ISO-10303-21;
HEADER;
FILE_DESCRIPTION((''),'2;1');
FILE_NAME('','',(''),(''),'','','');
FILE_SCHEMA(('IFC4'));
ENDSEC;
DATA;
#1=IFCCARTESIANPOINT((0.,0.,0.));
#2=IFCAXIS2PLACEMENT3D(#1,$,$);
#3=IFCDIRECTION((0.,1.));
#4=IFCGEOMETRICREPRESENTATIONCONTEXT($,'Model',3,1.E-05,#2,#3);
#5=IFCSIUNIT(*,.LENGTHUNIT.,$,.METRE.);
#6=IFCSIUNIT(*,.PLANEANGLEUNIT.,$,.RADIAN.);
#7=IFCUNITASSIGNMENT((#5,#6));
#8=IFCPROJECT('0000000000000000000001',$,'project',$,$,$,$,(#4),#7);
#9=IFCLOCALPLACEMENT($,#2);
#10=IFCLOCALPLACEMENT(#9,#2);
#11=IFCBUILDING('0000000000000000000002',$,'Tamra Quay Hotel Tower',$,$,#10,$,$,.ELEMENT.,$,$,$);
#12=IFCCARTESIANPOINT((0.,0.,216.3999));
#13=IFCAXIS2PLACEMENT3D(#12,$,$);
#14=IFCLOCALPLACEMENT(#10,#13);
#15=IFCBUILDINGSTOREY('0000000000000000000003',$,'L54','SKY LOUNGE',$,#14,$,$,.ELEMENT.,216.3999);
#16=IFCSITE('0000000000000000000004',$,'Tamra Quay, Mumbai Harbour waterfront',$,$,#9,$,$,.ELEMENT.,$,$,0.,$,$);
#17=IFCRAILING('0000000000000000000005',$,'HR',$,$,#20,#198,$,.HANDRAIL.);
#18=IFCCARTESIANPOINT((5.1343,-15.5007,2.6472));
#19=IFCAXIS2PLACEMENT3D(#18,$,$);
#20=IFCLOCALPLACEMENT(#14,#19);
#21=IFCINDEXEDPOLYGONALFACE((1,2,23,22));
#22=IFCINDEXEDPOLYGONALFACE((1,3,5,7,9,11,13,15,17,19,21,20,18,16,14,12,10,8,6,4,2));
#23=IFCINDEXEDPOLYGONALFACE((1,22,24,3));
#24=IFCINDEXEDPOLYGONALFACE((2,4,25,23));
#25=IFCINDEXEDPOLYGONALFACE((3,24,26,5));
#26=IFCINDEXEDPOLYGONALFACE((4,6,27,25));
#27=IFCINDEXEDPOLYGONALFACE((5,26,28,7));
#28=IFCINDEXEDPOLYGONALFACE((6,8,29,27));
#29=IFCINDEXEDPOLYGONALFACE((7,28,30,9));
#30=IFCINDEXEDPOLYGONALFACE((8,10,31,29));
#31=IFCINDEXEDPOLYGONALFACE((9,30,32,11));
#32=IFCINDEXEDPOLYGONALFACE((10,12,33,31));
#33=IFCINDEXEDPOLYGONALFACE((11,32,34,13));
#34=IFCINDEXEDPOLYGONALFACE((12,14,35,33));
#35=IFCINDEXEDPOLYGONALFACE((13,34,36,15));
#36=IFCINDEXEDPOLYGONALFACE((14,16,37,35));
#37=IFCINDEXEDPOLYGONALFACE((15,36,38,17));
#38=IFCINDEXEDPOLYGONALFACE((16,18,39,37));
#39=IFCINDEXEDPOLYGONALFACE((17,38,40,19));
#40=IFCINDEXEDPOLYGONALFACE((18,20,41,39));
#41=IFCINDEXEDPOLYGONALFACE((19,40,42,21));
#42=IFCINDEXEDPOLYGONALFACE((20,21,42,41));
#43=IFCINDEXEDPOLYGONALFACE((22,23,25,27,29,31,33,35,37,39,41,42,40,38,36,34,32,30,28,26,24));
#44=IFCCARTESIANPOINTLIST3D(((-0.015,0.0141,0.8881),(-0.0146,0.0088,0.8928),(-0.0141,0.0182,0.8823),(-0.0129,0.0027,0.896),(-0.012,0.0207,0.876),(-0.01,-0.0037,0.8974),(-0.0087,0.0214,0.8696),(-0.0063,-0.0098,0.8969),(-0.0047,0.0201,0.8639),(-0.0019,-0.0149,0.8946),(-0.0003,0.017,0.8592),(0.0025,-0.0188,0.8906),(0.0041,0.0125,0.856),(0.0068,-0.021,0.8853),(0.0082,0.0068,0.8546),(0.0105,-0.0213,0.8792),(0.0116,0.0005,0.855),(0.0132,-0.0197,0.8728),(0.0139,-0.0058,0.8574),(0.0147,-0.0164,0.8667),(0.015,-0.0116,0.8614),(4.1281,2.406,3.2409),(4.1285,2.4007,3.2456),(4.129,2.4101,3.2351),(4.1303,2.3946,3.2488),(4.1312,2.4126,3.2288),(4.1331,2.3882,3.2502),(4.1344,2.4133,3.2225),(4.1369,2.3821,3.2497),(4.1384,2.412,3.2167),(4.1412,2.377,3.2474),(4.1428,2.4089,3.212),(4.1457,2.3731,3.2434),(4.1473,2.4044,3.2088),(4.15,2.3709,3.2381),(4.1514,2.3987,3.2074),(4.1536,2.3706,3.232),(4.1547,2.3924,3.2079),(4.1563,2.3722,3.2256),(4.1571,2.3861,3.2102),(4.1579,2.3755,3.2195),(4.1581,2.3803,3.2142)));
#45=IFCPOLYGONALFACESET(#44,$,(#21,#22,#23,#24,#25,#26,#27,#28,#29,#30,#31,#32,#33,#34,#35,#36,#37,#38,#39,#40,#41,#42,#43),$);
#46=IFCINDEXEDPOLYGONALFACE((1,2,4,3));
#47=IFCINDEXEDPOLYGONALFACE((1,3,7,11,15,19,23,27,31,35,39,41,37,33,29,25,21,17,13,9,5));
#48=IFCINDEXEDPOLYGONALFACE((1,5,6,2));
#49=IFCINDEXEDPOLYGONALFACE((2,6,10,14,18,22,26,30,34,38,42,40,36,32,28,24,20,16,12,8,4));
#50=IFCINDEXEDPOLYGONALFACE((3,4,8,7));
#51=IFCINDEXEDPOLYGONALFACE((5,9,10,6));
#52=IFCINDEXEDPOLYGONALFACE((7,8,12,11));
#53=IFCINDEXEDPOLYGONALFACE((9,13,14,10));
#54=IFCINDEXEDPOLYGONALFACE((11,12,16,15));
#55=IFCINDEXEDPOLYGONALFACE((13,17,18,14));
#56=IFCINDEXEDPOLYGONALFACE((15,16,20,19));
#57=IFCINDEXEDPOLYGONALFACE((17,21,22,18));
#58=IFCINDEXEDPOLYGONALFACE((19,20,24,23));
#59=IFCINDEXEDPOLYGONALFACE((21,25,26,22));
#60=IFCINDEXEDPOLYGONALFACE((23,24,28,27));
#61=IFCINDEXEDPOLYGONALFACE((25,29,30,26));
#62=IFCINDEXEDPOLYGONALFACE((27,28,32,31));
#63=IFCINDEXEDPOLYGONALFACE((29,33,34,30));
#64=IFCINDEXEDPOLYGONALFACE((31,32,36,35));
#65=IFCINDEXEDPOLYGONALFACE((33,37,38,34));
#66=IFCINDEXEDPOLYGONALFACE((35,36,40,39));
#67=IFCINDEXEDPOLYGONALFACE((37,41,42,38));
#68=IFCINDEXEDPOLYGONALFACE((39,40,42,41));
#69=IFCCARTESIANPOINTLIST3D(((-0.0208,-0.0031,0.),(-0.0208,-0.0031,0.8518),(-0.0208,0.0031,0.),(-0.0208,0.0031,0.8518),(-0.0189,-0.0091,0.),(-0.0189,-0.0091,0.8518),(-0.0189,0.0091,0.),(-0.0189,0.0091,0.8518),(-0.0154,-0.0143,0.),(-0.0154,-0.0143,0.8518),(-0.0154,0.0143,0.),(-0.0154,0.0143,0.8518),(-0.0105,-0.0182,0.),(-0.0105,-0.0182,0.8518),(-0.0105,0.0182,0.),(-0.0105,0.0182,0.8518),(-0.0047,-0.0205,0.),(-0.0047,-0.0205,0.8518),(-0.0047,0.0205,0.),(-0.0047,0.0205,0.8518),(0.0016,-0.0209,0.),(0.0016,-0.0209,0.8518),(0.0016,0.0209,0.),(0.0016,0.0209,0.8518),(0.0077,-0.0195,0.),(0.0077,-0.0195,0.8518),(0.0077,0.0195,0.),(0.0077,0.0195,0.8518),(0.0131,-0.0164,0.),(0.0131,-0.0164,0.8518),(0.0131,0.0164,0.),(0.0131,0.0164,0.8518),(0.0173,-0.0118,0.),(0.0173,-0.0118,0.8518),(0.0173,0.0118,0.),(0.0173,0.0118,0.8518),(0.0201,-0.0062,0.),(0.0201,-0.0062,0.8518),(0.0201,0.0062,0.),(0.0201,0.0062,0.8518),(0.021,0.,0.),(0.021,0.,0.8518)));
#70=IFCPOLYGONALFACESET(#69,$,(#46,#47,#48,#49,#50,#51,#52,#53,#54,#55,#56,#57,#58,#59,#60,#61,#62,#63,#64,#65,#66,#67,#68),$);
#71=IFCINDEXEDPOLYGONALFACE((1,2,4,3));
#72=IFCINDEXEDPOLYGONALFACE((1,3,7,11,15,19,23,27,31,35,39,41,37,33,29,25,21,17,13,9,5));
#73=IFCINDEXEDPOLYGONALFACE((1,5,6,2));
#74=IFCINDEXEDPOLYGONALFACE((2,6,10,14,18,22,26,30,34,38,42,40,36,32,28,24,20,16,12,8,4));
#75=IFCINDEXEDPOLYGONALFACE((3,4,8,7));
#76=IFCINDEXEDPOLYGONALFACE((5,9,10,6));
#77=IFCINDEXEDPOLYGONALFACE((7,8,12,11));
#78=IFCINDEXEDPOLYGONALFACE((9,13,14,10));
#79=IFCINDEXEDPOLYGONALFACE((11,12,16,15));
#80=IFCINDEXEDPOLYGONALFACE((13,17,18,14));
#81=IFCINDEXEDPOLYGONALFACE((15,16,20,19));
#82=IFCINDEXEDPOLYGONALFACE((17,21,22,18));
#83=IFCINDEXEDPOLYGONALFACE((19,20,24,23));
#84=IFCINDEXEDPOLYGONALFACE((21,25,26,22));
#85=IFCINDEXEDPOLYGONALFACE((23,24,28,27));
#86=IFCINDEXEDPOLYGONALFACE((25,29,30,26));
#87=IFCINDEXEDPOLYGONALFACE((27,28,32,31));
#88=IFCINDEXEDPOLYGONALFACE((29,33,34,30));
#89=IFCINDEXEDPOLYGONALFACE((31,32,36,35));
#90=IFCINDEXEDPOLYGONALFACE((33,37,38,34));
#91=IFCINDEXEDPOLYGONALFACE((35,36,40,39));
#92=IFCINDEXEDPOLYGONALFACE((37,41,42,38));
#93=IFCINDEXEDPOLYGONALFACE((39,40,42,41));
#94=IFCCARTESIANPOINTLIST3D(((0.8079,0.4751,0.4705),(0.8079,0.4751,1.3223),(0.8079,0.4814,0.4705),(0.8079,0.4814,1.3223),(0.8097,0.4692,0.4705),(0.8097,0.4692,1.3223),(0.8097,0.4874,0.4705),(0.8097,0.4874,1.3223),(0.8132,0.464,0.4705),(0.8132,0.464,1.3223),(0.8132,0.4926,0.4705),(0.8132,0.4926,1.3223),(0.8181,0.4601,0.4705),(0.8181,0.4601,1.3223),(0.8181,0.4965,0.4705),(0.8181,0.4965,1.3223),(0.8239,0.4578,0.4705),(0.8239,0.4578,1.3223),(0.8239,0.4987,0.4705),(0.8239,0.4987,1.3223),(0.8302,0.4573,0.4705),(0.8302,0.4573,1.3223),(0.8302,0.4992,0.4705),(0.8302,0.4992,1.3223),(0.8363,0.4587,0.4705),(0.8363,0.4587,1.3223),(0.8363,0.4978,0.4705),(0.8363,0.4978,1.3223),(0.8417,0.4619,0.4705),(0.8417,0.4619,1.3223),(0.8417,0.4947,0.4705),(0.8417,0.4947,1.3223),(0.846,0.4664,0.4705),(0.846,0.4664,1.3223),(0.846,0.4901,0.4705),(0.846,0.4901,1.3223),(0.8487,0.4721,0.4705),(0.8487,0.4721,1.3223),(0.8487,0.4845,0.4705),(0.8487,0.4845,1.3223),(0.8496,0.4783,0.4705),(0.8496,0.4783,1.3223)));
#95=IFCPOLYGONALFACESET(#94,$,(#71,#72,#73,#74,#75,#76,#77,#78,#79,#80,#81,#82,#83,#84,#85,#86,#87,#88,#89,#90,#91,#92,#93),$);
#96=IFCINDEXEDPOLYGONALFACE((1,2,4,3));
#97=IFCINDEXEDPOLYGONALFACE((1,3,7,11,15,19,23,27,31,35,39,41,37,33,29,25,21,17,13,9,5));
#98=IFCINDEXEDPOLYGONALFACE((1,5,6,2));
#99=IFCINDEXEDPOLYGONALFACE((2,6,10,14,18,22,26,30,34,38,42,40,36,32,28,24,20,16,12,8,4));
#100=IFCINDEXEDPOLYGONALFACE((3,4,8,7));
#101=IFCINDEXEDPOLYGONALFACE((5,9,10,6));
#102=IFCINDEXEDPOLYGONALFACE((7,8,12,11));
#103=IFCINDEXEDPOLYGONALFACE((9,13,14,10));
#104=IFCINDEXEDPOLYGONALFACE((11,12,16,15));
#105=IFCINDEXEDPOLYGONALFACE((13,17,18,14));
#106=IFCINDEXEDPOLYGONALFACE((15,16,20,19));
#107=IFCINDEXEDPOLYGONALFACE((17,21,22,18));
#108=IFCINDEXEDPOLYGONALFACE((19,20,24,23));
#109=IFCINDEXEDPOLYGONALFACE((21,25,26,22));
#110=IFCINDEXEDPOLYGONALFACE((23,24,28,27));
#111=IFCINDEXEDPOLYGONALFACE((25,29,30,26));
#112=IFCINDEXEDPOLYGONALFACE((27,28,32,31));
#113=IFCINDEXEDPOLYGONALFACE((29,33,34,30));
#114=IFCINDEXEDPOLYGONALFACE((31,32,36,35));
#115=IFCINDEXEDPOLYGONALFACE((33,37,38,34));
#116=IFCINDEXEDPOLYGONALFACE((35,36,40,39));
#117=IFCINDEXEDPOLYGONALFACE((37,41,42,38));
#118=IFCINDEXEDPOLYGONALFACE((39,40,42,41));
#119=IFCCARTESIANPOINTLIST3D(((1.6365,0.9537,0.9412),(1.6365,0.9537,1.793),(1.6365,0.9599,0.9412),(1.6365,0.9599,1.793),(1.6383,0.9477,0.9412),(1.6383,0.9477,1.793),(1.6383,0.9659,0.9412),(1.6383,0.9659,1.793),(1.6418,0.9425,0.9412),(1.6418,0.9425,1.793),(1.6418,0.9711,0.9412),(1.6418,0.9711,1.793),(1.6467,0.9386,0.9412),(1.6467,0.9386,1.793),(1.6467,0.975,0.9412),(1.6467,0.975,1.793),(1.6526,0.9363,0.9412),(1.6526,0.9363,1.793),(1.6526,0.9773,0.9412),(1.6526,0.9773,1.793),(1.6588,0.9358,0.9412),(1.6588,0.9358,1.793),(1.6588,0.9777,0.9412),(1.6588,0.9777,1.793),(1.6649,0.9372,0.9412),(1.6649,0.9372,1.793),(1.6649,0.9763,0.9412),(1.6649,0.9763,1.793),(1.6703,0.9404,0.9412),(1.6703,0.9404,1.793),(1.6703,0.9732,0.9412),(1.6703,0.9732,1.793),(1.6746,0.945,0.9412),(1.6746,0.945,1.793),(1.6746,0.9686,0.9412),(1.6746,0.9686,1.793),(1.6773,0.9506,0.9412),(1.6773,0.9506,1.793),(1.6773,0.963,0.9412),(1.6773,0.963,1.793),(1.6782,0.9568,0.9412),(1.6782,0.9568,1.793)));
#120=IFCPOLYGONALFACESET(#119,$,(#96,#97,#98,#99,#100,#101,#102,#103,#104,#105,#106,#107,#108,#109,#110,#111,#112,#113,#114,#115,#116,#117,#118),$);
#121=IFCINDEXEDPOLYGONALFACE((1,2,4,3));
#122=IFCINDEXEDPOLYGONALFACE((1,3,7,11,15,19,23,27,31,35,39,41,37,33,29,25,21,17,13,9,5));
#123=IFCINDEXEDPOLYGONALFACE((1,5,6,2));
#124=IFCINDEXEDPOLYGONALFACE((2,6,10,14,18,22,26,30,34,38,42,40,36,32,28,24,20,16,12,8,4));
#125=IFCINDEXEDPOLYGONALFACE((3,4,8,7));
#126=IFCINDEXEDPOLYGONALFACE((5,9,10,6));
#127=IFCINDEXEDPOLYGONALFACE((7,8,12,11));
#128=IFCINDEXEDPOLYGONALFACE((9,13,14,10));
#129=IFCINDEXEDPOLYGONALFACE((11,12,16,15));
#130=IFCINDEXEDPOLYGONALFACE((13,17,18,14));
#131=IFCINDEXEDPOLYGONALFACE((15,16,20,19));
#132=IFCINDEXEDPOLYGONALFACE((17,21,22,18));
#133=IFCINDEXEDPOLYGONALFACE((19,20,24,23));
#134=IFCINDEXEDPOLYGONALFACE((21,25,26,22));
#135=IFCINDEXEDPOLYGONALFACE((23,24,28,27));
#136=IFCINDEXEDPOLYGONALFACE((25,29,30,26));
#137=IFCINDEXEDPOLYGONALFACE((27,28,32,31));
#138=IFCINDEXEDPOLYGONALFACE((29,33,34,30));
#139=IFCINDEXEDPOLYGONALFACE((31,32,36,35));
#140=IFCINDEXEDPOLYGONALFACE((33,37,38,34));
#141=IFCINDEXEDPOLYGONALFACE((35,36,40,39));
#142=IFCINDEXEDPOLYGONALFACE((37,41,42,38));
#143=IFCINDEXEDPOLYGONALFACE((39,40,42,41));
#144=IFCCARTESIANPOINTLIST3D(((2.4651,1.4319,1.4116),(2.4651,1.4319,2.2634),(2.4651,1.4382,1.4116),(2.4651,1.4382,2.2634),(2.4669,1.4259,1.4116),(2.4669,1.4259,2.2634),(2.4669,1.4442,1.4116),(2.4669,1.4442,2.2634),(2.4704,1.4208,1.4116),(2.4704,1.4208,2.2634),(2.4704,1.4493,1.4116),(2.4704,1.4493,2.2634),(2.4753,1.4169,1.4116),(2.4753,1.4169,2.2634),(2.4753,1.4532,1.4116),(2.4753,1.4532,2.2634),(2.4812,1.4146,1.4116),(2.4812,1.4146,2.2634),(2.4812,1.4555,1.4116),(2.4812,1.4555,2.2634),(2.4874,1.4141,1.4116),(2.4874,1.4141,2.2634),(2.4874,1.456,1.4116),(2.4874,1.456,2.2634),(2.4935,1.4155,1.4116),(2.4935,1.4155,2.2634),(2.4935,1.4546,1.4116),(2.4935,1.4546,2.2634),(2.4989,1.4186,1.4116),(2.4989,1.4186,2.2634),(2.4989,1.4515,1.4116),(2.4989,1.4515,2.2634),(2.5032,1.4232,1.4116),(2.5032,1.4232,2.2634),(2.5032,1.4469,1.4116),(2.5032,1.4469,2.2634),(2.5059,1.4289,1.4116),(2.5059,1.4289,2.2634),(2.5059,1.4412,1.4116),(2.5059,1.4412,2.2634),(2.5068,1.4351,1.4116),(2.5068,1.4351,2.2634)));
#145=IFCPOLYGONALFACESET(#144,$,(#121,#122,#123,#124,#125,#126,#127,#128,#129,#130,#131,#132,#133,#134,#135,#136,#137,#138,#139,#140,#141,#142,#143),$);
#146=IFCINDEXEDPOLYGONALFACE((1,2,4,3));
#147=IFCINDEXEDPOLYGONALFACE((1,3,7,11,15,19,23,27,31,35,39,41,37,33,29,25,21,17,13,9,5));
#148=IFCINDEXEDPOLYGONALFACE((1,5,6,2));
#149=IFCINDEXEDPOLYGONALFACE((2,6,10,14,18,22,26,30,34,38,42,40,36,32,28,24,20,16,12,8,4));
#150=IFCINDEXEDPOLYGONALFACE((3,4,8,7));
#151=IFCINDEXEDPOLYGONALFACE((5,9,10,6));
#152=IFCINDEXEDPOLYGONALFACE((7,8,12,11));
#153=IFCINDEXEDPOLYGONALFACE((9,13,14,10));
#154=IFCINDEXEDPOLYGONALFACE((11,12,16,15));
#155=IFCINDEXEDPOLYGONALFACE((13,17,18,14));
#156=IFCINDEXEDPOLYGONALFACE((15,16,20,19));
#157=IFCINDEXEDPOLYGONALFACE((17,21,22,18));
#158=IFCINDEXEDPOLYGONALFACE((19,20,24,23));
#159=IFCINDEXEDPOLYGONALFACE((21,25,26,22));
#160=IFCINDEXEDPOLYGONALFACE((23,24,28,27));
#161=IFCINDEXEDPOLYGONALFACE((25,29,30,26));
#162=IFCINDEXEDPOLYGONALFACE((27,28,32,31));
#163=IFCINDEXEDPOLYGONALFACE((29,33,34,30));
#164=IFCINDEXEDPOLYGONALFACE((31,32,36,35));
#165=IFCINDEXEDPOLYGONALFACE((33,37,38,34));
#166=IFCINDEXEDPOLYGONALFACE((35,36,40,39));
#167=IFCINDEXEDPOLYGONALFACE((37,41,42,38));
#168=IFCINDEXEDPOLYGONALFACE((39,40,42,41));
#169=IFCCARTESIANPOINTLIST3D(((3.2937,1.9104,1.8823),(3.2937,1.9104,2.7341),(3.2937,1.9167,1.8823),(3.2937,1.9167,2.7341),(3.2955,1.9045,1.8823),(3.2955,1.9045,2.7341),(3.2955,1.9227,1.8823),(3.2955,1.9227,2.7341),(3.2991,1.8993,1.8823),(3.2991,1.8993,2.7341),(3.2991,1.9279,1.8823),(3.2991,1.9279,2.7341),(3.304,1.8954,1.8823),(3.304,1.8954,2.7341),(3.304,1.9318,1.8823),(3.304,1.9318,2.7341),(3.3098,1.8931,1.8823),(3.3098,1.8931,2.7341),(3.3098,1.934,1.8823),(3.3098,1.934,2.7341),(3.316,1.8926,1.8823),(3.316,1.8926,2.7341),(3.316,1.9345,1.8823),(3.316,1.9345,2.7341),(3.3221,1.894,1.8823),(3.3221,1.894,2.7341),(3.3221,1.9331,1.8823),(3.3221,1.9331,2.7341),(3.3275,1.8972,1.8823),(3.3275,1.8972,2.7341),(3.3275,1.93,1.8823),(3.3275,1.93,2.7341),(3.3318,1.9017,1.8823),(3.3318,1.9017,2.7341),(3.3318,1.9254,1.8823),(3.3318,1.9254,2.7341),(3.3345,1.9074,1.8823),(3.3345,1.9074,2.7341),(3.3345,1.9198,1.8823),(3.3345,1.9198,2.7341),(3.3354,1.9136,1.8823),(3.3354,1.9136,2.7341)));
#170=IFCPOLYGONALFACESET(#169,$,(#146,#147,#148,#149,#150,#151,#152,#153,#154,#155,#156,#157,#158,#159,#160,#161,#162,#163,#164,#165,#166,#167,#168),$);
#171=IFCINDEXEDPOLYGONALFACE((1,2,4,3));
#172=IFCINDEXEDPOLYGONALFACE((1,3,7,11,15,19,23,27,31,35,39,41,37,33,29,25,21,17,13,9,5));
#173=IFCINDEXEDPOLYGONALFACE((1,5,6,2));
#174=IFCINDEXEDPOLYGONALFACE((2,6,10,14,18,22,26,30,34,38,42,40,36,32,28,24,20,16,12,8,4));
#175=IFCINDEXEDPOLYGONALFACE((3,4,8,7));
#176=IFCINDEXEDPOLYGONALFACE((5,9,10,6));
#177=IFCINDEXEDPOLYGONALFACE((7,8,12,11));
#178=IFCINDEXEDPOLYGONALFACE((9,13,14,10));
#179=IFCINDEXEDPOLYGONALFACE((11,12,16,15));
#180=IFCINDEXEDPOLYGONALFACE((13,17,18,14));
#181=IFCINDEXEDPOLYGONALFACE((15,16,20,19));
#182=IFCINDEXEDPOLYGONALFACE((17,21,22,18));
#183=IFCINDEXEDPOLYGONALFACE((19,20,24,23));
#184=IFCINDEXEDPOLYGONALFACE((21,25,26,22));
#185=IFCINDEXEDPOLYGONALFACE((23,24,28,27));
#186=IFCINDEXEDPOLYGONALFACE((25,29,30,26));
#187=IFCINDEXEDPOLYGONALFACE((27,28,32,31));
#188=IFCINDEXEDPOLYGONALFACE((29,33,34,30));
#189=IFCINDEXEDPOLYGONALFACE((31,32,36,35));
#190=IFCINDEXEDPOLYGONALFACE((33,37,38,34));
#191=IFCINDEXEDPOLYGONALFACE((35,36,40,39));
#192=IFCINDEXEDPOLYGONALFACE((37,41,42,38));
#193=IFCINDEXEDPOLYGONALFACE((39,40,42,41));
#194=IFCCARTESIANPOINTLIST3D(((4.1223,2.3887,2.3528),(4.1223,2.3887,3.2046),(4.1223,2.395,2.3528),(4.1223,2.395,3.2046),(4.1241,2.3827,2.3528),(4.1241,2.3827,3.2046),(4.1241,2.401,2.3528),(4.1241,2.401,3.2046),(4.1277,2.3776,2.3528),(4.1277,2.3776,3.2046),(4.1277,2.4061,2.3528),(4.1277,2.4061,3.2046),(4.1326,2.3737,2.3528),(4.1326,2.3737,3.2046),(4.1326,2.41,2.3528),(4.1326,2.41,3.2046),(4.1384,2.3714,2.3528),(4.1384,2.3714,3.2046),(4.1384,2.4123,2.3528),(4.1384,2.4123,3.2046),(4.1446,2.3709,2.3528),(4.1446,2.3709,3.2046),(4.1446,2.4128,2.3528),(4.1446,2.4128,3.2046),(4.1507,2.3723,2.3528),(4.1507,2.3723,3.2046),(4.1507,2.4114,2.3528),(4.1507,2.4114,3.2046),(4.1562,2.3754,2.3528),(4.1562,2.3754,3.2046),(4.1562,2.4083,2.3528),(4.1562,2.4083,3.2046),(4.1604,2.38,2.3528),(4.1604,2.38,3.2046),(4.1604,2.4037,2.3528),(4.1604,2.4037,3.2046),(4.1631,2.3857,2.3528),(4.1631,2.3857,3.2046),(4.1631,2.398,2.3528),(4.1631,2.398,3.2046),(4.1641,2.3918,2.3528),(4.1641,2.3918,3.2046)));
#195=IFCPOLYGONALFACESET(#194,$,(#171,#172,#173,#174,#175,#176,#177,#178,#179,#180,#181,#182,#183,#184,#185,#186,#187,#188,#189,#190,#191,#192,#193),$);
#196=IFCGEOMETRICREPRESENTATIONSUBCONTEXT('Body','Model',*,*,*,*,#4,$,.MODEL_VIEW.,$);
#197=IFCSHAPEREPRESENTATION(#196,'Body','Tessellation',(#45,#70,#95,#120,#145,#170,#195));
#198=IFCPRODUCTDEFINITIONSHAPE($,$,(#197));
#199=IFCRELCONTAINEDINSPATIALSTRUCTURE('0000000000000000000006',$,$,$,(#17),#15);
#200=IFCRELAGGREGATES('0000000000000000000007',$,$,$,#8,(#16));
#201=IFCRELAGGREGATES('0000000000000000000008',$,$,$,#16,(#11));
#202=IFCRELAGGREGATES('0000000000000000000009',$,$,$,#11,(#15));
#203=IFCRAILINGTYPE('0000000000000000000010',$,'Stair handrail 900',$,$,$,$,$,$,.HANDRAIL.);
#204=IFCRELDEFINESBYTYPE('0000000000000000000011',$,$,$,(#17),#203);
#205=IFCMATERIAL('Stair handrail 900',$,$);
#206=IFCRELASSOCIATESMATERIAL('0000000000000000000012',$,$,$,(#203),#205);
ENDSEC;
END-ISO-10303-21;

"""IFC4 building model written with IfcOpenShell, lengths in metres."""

from ifc_helpers import new_model, si_unit, direction, frame, origin, origin_2d, place, context, subcontext, project, spatial, circle, extrude, material, type_object, element, save


model = new_model("IFC4")

# Units and contexts
model_context = context("Model", 3, precision=1e-05, world=origin(), true_north=direction((0.0, 1.0)))
body_context = subcontext(model_context, "Body", "Model", "MODEL_VIEW")
ifc_project = project(units=[si_unit("LENGTHUNIT", "METRE"), si_unit("PLANEANGLEUNIT", "RADIAN")], contexts=[model_context])

# Site, building, storey
site_placement = place(None, origin())
site = spatial("IfcSite", under=ifc_project, at=site_placement, Name="Tamra Quay, Mumbai Harbour waterfront", CompositionType="ELEMENT", RefElevation=0.0)
building_placement = place(site_placement, origin())
building = spatial("IfcBuilding", under=site, at=building_placement, Name="Tamra Quay Hotel Tower", CompositionType="ELEMENT")
storey_placement = place(building_placement, frame((0.0, 0.0, 216.3999)))
storey = spatial("IfcBuildingStorey", under=building, at=storey_placement, Name="L54", Description="SKY LOUNGE", CompositionType="ELEMENT", Elevation=216.3999)

# Railing
ifc_material_1 = material(Name="Stair handrail 900")
railing_type_1 = type_object("IfcRailingType", Name="Stair handrail 900", PredefinedType="HANDRAIL", material=ifc_material_1)
railing_1_placement = place(storey_placement, frame((5.1343, -15.5007, 2.6472)))
element("IfcRailing", 1, at=railing_1_placement, inside=storey, type_object=railing_type_1, Name="HR", PredefinedType="HANDRAIL", context=body_context, shape_type="SweptSolid", body=[
    extrude(circle(Radius=0.0239, at=origin_2d()), frame((0.0, 0.0, 0.876), z_axis=(0.777138, 0.448652, 0.441325), x_axis=(-0.499976, 0.866039, 0.0)), (0.0, 0.0, 1.0), 5.3313),
    extrude(circle(Radius=0.021, at=origin_2d()), origin(), (0.0, 0.0, 1.0), 0.8518),
    extrude(circle(Radius=0.021, at=origin_2d()), frame((0.8286, 0.4783, 0.4705)), (0.0, 0.0, 1.0), 0.8518),
    extrude(circle(Radius=0.021, at=origin_2d()), frame((1.6572, 0.9568, 0.9412)), (0.0, 0.0, 1.0), 0.8518),
    extrude(circle(Radius=0.021, at=origin_2d()), frame((2.4858, 1.4351, 1.4116)), (0.0, 0.0, 1.0), 0.8518),
    extrude(circle(Radius=0.021, at=origin_2d()), frame((3.3145, 1.9136, 1.8823)), (0.0, 0.0, 1.0), 0.8518),
    extrude(circle(Radius=0.021, at=origin_2d()), frame((4.1431, 2.3918, 2.3528)), (0.0, 0.0, 1.0), 0.8518),
])

save(model, "model.ifc")
